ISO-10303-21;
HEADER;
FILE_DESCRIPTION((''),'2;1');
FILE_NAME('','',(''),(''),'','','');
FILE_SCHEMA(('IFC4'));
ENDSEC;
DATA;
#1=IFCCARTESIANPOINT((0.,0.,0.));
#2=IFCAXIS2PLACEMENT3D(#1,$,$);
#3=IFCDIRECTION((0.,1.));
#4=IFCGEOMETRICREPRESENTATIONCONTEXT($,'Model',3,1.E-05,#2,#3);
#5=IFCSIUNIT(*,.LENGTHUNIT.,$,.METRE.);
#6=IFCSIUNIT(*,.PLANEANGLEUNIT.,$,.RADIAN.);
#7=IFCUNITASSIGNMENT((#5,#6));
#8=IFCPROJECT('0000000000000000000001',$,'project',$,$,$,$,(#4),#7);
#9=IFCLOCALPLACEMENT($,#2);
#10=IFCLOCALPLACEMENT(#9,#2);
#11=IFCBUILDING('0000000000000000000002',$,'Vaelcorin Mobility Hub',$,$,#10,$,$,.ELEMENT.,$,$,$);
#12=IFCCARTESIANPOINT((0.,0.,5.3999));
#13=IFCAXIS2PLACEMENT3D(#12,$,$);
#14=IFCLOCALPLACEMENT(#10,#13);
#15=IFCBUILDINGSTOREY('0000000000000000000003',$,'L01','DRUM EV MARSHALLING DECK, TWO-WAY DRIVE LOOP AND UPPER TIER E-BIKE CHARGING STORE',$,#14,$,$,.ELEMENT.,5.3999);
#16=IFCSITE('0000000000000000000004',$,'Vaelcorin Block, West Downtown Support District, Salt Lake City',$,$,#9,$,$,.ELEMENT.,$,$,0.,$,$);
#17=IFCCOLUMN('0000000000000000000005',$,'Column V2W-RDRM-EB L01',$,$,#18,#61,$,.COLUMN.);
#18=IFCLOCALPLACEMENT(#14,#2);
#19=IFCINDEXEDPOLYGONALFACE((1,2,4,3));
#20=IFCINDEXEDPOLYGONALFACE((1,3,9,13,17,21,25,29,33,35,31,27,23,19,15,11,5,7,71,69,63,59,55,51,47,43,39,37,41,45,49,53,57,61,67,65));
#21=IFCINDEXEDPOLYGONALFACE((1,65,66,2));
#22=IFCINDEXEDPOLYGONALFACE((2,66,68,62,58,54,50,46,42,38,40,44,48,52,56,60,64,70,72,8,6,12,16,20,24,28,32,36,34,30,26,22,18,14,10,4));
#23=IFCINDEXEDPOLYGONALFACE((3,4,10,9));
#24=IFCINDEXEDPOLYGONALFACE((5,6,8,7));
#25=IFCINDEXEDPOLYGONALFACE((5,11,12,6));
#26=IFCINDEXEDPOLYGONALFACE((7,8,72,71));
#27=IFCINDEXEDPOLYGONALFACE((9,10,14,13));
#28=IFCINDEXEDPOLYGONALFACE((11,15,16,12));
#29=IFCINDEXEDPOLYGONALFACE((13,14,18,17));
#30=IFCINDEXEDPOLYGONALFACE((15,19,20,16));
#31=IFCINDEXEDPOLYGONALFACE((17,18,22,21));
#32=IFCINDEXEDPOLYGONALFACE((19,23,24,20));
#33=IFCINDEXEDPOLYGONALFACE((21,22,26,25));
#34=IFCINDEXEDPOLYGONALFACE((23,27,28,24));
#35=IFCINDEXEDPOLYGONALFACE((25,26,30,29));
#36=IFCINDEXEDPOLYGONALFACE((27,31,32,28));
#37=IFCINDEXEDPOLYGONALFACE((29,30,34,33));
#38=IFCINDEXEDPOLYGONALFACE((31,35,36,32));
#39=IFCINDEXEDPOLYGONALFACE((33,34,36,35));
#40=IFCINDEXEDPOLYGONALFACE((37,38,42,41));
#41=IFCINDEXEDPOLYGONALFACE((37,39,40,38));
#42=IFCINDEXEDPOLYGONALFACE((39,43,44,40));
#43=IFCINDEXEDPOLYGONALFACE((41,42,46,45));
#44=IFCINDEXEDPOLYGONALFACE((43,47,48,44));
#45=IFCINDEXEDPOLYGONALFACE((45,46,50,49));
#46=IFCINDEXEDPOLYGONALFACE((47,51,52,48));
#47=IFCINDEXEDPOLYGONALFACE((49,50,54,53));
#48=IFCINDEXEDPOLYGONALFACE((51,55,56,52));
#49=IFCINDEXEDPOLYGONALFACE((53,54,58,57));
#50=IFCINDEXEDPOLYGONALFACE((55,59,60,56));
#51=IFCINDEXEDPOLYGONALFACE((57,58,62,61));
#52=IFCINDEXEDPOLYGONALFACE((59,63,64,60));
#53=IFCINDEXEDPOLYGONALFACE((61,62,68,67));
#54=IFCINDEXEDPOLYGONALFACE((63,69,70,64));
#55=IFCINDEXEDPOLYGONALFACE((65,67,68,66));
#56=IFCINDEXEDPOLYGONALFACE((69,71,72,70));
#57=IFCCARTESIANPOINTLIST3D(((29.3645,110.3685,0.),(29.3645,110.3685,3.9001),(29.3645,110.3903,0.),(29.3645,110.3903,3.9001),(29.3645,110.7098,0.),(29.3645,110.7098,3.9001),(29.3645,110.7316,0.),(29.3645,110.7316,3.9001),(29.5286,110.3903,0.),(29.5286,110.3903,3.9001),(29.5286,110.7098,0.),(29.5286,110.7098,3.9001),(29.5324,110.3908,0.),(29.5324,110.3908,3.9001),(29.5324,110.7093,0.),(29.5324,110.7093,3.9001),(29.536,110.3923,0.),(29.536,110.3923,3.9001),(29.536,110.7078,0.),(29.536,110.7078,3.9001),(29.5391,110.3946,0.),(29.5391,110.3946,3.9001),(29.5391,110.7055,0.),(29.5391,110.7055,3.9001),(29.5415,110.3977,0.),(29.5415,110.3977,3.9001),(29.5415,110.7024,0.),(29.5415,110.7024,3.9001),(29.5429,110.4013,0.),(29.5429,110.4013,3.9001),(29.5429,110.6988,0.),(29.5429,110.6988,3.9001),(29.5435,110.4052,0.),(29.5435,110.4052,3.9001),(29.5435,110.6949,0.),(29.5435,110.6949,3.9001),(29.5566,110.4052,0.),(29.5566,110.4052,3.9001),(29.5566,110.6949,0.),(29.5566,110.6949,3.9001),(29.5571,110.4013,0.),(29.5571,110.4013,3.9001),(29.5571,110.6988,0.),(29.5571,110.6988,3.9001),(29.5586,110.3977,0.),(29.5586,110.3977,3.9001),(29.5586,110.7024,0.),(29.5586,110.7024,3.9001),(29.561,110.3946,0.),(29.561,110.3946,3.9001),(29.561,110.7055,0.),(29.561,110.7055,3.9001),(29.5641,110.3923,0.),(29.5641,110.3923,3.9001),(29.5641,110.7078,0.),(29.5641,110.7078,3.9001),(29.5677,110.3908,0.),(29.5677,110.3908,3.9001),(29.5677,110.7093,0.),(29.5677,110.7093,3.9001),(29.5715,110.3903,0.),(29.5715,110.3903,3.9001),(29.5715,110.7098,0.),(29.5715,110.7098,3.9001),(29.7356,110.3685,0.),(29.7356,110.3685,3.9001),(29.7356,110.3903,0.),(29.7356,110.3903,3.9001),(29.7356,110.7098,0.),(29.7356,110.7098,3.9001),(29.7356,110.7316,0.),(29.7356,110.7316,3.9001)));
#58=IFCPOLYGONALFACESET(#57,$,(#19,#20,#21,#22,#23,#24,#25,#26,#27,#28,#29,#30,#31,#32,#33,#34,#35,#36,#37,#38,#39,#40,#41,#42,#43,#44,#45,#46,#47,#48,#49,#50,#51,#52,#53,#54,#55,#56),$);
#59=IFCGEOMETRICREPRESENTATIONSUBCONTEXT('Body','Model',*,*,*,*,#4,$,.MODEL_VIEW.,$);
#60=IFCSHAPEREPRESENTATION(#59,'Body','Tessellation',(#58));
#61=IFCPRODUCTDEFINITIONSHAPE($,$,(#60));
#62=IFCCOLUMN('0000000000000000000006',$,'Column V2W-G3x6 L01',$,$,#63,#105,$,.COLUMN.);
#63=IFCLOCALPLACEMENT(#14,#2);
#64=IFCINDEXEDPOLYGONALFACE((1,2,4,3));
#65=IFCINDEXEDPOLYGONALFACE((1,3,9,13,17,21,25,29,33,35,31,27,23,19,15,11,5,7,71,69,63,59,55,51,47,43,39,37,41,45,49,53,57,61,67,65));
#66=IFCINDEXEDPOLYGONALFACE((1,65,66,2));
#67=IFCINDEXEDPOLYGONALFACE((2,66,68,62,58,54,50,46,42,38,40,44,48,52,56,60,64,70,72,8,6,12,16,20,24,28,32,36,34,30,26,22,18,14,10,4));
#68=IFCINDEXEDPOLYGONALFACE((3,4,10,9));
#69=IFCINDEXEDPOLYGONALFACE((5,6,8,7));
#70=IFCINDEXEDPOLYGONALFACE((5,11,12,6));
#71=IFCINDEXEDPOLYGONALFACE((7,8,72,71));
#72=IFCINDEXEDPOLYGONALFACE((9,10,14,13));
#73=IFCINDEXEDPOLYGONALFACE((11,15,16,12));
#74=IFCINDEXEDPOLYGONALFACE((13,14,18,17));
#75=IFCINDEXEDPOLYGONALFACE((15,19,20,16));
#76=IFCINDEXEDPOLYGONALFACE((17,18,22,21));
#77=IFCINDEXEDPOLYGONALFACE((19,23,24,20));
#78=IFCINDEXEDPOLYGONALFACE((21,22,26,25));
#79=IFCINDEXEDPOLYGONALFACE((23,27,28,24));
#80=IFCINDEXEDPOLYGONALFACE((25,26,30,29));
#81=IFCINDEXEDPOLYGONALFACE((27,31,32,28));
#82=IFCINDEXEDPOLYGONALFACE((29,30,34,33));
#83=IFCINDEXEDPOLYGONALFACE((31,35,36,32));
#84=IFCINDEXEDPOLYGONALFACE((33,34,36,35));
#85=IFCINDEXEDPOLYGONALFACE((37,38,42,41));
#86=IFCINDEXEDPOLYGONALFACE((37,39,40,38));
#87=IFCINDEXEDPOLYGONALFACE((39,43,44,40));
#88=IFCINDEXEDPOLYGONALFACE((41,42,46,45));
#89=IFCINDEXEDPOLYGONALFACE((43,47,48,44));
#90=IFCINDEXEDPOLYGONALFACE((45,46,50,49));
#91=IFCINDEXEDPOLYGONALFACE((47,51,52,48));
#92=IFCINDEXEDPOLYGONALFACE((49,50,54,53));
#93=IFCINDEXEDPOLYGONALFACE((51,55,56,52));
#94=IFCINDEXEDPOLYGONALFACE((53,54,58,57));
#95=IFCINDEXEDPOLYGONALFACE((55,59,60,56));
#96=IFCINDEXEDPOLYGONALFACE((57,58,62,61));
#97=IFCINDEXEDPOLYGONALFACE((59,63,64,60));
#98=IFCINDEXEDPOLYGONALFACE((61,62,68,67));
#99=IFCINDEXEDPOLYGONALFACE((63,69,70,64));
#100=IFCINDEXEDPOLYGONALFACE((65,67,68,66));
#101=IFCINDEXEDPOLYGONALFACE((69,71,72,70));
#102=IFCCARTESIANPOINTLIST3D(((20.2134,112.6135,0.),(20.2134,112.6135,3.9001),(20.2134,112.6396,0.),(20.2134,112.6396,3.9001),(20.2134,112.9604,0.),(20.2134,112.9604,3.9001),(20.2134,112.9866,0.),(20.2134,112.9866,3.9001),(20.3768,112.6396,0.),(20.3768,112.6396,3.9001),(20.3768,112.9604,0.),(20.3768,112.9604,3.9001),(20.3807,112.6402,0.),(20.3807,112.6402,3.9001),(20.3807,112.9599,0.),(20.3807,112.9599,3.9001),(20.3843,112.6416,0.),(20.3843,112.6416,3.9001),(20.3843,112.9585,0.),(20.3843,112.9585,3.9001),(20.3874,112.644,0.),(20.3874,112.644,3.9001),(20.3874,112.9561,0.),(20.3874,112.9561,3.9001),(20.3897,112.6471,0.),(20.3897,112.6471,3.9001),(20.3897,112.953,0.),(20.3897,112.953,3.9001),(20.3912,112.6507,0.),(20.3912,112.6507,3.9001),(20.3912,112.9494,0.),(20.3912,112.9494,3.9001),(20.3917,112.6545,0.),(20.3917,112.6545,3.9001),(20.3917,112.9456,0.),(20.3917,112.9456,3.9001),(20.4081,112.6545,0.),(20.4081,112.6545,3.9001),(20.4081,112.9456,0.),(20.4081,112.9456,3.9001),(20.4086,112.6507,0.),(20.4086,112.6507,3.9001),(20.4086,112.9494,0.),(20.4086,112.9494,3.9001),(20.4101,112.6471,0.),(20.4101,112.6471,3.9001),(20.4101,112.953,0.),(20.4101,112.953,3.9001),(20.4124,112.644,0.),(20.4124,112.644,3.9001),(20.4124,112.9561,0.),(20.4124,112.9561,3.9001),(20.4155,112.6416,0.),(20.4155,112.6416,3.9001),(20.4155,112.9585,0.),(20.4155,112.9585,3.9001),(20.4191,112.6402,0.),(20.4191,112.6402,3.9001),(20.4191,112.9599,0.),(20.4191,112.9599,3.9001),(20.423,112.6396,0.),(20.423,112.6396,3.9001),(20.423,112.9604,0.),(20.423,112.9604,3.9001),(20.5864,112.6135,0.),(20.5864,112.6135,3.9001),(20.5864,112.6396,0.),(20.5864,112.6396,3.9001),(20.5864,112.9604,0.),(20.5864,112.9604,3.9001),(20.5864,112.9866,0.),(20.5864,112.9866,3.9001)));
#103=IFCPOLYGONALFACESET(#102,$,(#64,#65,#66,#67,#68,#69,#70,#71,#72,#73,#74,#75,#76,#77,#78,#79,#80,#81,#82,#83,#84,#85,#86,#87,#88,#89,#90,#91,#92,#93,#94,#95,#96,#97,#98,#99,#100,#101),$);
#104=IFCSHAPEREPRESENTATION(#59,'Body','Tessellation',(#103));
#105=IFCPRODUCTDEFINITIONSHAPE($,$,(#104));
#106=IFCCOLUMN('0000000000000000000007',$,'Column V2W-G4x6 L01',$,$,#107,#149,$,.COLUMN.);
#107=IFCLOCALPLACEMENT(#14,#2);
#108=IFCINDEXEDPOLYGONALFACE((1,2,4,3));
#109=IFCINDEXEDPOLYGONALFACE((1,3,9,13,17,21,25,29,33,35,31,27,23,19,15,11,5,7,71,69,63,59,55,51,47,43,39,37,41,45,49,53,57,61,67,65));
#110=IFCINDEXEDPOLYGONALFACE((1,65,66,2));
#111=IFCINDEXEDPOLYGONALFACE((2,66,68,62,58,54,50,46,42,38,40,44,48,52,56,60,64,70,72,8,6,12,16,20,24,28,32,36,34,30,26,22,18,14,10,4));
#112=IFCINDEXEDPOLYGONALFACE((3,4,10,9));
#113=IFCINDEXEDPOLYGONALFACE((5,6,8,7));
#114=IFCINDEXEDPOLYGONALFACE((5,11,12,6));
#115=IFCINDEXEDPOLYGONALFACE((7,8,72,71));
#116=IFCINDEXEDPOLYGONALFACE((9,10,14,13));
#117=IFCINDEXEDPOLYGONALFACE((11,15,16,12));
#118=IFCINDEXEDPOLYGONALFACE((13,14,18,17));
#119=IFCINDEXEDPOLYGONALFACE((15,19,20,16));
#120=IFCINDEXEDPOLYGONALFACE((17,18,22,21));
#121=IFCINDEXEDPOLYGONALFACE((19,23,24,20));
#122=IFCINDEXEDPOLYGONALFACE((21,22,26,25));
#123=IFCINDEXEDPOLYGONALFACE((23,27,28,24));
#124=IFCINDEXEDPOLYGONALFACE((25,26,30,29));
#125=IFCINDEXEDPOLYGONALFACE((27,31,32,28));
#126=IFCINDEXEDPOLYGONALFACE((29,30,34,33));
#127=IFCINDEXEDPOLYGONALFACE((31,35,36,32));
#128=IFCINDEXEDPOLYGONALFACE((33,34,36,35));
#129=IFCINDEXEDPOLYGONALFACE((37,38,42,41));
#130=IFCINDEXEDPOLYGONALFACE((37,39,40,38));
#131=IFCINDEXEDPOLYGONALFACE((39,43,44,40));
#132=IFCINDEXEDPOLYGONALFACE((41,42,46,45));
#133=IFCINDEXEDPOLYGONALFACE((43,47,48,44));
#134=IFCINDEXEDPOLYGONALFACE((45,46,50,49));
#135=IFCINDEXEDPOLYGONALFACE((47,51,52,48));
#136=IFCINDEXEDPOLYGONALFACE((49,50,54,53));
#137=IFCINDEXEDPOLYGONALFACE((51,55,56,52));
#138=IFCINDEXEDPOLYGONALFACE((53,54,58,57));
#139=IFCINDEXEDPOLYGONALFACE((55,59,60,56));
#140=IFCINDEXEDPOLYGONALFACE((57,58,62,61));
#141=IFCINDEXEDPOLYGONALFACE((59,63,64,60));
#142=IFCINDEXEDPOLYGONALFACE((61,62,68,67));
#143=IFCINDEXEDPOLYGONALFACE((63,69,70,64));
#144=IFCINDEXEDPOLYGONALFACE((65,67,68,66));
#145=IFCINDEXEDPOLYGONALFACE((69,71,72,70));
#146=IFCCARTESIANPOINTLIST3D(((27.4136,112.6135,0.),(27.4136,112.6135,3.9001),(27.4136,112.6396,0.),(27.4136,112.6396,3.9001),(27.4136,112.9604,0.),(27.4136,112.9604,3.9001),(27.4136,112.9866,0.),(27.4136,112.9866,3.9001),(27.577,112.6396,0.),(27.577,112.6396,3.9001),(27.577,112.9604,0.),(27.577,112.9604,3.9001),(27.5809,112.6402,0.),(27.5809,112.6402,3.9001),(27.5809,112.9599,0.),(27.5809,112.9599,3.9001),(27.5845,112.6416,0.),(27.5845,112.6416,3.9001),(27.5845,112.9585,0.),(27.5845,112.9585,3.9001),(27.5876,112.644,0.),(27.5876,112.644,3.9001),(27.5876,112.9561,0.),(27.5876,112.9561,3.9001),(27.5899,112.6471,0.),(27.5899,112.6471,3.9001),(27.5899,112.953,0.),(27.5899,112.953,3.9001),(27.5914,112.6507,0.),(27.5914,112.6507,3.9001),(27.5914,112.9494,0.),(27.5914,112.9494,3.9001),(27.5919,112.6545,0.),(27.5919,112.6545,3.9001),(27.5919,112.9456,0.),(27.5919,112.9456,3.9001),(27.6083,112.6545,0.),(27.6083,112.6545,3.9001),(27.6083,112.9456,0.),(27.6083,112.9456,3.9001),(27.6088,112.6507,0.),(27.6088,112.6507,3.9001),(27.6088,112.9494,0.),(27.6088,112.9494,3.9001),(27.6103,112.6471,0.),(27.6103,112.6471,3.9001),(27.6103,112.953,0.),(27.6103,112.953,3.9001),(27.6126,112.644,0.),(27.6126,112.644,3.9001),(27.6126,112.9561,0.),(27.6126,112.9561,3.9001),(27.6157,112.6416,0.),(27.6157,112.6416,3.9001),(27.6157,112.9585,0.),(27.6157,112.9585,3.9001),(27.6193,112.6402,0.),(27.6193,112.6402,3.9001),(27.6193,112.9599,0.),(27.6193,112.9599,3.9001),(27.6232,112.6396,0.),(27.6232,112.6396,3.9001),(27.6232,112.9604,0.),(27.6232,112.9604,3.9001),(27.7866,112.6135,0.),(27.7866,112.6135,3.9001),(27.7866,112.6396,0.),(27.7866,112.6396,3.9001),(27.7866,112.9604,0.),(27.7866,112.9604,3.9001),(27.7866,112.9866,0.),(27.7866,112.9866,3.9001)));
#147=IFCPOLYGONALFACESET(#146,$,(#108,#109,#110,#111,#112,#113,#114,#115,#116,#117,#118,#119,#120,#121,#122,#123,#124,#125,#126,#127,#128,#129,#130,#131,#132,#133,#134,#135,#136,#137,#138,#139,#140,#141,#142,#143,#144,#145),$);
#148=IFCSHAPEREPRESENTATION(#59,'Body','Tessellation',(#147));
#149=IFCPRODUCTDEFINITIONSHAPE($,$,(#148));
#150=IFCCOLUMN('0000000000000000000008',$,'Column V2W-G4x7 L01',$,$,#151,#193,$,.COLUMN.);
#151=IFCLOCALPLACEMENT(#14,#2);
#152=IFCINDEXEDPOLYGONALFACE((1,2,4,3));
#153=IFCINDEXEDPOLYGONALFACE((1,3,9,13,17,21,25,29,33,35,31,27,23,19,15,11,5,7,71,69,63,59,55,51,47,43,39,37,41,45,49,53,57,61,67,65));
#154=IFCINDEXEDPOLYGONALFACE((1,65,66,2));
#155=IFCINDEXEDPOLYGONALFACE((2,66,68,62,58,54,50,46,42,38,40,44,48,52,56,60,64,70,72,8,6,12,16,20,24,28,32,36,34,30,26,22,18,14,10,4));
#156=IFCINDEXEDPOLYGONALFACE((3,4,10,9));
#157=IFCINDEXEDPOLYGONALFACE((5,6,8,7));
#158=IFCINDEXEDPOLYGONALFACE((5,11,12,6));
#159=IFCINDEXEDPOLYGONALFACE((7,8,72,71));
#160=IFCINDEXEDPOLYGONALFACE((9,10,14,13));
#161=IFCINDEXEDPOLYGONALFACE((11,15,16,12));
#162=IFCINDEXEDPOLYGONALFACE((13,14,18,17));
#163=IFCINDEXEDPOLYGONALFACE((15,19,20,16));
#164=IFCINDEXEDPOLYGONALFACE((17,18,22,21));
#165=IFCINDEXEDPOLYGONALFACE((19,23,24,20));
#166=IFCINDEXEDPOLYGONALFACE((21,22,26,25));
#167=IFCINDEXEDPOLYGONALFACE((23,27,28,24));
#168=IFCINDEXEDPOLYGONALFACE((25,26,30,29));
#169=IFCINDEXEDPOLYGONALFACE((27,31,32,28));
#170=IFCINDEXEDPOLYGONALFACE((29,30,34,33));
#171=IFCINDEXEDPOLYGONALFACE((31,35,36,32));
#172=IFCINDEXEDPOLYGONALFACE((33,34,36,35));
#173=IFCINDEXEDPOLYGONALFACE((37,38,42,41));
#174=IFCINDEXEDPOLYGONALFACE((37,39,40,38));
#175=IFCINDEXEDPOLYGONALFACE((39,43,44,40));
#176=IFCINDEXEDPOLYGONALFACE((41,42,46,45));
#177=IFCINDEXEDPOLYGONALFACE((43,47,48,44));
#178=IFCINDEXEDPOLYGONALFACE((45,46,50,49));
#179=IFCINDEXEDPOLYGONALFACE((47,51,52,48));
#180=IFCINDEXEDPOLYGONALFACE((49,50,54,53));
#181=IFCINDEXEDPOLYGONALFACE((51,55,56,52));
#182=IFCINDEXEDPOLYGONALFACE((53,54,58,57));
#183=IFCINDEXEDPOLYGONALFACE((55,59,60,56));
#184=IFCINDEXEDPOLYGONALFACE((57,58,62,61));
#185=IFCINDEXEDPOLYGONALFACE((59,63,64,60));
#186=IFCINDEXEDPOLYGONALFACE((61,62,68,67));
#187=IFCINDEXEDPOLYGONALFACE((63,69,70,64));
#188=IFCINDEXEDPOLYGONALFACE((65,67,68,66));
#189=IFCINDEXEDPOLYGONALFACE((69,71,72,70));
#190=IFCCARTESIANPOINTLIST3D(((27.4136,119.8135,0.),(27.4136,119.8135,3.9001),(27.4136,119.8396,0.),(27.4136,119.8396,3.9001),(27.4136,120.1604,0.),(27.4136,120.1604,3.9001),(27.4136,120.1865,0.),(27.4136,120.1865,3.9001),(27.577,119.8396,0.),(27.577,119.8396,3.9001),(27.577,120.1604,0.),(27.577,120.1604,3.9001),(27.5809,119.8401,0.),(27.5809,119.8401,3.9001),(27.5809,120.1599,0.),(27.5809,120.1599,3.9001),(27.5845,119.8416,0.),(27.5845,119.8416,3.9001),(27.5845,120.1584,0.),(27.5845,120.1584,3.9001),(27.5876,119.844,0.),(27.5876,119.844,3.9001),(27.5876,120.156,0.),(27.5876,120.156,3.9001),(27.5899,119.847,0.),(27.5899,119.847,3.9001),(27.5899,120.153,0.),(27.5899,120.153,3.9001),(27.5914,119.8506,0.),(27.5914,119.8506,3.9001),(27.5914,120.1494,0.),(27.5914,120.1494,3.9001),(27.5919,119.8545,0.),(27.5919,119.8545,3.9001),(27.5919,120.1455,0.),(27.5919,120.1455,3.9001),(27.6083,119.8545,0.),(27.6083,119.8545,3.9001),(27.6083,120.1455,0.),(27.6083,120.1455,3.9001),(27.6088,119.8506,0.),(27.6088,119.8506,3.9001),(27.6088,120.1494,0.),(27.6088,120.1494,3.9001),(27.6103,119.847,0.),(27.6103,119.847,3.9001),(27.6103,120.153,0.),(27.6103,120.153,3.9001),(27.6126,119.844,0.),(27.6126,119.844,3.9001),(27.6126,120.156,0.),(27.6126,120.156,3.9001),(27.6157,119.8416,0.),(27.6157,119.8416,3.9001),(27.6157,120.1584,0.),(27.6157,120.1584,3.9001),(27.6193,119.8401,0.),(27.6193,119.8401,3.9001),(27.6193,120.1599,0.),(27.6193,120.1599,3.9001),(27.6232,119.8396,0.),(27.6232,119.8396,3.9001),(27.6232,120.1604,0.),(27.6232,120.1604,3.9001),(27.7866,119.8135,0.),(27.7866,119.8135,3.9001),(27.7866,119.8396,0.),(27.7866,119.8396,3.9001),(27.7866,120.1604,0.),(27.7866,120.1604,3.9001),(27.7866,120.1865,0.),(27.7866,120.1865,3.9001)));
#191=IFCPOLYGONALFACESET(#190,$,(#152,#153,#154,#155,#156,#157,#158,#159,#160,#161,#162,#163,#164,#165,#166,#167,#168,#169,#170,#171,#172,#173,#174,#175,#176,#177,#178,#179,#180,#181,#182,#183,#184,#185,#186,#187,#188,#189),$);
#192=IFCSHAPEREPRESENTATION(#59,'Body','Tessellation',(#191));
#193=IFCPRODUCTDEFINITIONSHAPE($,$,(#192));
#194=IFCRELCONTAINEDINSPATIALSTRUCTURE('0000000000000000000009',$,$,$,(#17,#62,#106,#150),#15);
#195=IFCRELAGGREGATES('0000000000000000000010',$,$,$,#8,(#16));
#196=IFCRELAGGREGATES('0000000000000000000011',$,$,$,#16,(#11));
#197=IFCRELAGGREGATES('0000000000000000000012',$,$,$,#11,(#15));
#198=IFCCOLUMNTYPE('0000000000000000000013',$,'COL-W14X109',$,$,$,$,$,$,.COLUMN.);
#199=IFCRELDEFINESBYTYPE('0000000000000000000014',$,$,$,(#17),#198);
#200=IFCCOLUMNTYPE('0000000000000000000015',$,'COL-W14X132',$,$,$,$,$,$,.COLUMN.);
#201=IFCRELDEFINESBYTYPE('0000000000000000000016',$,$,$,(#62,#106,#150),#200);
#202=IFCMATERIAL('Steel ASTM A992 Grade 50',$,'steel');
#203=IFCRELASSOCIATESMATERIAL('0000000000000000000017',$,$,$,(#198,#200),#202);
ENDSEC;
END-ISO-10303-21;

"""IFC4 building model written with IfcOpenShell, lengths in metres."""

from ifc_helpers import new_model, si_unit, direction, frame, origin, origin_2d, place, context, subcontext, project, spatial, i_section, extrude, material, material_profile, profile_set, type_object, element, save


model = new_model("IFC4")

# Units and contexts
model_context = context("Model", 3, precision=1e-05, world=origin(), true_north=direction((0.0, 1.0)))
body_context = subcontext(model_context, "Body", "Model", "MODEL_VIEW")
ifc_project = project(units=[si_unit("LENGTHUNIT", "METRE"), si_unit("PLANEANGLEUNIT", "RADIAN")], contexts=[model_context])

# Site, building, storey
site_placement = place(None, origin())
site = spatial("IfcSite", under=ifc_project, at=site_placement, Name="Vaelcorin Block, West Downtown Support District, Salt Lake City", CompositionType="ELEMENT", RefElevation=0.0)
building_placement = place(site_placement, origin())
building = spatial("IfcBuilding", under=site, at=building_placement, Name="Vaelcorin Mobility Hub", CompositionType="ELEMENT")
storey_placement = place(building_placement, frame((0.0, 0.0, 5.3999)))
storey = spatial("IfcBuildingStorey", under=building, at=storey_placement, Name="L01", Description="DRUM EV MARSHALLING DECK, TWO-WAY DRIVE LOOP AND UPPER TIER E-BIKE CHARGING STORE", CompositionType="ELEMENT", Elevation=5.3999)

# Columns
ifc_material_1 = material(Name="Steel ASTM A992 Grade 50", Category="steel")
ifc_material_profile_1 = material_profile(ifc_material_1, i_section(OverallWidth=0.3711, OverallDepth=0.363, WebThickness=0.0132, FlangeThickness=0.0217, FilletRadius=0.0149, at=origin_2d()), Name="W14X109")
ifc_profile_set_1 = profile_set([ifc_material_profile_1], Name="Steel ASTM A992 Grade 50")
column_type_1 = type_object("IfcColumnType", Name="COL-W14X109", PredefinedType="COLUMN", material=ifc_profile_set_1)
column_placement = place(storey_placement, frame((29.55, 110.55, 0.0), z_axis=(0.0, 0.0, 1.0), x_axis=(1.0, 0.0, 0.0)))
element("IfcColumn", 1, at=column_placement, inside=storey, type_object=column_type_1, Name="Column V2W-RDRM-EB L01", PredefinedType="COLUMN", context=body_context, shape_type="SweptSolid", body=[
    extrude(i_section(OverallWidth=0.3711, OverallDepth=0.363, WebThickness=0.0132, FlangeThickness=0.0217, FilletRadius=0.0149, at=origin_2d()), origin(), (0.0, 0.0, 1.0), 3.9001),
])
ifc_material_profile_2 = material_profile(ifc_material_1, i_section(OverallWidth=0.373, OverallDepth=0.373, WebThickness=0.0164, FlangeThickness=0.0261, FilletRadius=0.0149, at=origin_2d()), Name="W14X132")
ifc_profile_set_2 = profile_set([ifc_material_profile_2], Name="Steel ASTM A992 Grade 50")
column_type_2 = type_object("IfcColumnType", Name="COL-W14X132", PredefinedType="COLUMN", material=ifc_profile_set_2)
for number, where, z_axis, x_axis, name in (
    (2, (20.3999, 112.8, 0.0), (0.0, 0.0, 1.0), (1.0, 0.0, 0.0), "Column V2W-G3x6 L01"),
    (3, (27.6001, 112.8, 0.0), (0.0, 0.0, 1.0), (1.0, 0.0, 0.0), "Column V2W-G4x6 L01"),
    (4, (27.6001, 120.0, 0.0), (0.0, 0.0, 1.0), (1.0, 0.0, 0.0), "Column V2W-G4x7 L01"),
):
    element("IfcColumn", number, at=place(storey_placement, frame(where, z_axis=z_axis, x_axis=x_axis)), inside=storey, type_object=column_type_2, Name=name, PredefinedType="COLUMN", context=body_context, shape_type="SweptSolid", body=[
        extrude(i_section(OverallWidth=0.373, OverallDepth=0.373, WebThickness=0.0164, FlangeThickness=0.0261, FilletRadius=0.0149, at=origin_2d()), origin(), (0.0, 0.0, 1.0), 3.9001),
    ])

save(model, "model.ifc")
